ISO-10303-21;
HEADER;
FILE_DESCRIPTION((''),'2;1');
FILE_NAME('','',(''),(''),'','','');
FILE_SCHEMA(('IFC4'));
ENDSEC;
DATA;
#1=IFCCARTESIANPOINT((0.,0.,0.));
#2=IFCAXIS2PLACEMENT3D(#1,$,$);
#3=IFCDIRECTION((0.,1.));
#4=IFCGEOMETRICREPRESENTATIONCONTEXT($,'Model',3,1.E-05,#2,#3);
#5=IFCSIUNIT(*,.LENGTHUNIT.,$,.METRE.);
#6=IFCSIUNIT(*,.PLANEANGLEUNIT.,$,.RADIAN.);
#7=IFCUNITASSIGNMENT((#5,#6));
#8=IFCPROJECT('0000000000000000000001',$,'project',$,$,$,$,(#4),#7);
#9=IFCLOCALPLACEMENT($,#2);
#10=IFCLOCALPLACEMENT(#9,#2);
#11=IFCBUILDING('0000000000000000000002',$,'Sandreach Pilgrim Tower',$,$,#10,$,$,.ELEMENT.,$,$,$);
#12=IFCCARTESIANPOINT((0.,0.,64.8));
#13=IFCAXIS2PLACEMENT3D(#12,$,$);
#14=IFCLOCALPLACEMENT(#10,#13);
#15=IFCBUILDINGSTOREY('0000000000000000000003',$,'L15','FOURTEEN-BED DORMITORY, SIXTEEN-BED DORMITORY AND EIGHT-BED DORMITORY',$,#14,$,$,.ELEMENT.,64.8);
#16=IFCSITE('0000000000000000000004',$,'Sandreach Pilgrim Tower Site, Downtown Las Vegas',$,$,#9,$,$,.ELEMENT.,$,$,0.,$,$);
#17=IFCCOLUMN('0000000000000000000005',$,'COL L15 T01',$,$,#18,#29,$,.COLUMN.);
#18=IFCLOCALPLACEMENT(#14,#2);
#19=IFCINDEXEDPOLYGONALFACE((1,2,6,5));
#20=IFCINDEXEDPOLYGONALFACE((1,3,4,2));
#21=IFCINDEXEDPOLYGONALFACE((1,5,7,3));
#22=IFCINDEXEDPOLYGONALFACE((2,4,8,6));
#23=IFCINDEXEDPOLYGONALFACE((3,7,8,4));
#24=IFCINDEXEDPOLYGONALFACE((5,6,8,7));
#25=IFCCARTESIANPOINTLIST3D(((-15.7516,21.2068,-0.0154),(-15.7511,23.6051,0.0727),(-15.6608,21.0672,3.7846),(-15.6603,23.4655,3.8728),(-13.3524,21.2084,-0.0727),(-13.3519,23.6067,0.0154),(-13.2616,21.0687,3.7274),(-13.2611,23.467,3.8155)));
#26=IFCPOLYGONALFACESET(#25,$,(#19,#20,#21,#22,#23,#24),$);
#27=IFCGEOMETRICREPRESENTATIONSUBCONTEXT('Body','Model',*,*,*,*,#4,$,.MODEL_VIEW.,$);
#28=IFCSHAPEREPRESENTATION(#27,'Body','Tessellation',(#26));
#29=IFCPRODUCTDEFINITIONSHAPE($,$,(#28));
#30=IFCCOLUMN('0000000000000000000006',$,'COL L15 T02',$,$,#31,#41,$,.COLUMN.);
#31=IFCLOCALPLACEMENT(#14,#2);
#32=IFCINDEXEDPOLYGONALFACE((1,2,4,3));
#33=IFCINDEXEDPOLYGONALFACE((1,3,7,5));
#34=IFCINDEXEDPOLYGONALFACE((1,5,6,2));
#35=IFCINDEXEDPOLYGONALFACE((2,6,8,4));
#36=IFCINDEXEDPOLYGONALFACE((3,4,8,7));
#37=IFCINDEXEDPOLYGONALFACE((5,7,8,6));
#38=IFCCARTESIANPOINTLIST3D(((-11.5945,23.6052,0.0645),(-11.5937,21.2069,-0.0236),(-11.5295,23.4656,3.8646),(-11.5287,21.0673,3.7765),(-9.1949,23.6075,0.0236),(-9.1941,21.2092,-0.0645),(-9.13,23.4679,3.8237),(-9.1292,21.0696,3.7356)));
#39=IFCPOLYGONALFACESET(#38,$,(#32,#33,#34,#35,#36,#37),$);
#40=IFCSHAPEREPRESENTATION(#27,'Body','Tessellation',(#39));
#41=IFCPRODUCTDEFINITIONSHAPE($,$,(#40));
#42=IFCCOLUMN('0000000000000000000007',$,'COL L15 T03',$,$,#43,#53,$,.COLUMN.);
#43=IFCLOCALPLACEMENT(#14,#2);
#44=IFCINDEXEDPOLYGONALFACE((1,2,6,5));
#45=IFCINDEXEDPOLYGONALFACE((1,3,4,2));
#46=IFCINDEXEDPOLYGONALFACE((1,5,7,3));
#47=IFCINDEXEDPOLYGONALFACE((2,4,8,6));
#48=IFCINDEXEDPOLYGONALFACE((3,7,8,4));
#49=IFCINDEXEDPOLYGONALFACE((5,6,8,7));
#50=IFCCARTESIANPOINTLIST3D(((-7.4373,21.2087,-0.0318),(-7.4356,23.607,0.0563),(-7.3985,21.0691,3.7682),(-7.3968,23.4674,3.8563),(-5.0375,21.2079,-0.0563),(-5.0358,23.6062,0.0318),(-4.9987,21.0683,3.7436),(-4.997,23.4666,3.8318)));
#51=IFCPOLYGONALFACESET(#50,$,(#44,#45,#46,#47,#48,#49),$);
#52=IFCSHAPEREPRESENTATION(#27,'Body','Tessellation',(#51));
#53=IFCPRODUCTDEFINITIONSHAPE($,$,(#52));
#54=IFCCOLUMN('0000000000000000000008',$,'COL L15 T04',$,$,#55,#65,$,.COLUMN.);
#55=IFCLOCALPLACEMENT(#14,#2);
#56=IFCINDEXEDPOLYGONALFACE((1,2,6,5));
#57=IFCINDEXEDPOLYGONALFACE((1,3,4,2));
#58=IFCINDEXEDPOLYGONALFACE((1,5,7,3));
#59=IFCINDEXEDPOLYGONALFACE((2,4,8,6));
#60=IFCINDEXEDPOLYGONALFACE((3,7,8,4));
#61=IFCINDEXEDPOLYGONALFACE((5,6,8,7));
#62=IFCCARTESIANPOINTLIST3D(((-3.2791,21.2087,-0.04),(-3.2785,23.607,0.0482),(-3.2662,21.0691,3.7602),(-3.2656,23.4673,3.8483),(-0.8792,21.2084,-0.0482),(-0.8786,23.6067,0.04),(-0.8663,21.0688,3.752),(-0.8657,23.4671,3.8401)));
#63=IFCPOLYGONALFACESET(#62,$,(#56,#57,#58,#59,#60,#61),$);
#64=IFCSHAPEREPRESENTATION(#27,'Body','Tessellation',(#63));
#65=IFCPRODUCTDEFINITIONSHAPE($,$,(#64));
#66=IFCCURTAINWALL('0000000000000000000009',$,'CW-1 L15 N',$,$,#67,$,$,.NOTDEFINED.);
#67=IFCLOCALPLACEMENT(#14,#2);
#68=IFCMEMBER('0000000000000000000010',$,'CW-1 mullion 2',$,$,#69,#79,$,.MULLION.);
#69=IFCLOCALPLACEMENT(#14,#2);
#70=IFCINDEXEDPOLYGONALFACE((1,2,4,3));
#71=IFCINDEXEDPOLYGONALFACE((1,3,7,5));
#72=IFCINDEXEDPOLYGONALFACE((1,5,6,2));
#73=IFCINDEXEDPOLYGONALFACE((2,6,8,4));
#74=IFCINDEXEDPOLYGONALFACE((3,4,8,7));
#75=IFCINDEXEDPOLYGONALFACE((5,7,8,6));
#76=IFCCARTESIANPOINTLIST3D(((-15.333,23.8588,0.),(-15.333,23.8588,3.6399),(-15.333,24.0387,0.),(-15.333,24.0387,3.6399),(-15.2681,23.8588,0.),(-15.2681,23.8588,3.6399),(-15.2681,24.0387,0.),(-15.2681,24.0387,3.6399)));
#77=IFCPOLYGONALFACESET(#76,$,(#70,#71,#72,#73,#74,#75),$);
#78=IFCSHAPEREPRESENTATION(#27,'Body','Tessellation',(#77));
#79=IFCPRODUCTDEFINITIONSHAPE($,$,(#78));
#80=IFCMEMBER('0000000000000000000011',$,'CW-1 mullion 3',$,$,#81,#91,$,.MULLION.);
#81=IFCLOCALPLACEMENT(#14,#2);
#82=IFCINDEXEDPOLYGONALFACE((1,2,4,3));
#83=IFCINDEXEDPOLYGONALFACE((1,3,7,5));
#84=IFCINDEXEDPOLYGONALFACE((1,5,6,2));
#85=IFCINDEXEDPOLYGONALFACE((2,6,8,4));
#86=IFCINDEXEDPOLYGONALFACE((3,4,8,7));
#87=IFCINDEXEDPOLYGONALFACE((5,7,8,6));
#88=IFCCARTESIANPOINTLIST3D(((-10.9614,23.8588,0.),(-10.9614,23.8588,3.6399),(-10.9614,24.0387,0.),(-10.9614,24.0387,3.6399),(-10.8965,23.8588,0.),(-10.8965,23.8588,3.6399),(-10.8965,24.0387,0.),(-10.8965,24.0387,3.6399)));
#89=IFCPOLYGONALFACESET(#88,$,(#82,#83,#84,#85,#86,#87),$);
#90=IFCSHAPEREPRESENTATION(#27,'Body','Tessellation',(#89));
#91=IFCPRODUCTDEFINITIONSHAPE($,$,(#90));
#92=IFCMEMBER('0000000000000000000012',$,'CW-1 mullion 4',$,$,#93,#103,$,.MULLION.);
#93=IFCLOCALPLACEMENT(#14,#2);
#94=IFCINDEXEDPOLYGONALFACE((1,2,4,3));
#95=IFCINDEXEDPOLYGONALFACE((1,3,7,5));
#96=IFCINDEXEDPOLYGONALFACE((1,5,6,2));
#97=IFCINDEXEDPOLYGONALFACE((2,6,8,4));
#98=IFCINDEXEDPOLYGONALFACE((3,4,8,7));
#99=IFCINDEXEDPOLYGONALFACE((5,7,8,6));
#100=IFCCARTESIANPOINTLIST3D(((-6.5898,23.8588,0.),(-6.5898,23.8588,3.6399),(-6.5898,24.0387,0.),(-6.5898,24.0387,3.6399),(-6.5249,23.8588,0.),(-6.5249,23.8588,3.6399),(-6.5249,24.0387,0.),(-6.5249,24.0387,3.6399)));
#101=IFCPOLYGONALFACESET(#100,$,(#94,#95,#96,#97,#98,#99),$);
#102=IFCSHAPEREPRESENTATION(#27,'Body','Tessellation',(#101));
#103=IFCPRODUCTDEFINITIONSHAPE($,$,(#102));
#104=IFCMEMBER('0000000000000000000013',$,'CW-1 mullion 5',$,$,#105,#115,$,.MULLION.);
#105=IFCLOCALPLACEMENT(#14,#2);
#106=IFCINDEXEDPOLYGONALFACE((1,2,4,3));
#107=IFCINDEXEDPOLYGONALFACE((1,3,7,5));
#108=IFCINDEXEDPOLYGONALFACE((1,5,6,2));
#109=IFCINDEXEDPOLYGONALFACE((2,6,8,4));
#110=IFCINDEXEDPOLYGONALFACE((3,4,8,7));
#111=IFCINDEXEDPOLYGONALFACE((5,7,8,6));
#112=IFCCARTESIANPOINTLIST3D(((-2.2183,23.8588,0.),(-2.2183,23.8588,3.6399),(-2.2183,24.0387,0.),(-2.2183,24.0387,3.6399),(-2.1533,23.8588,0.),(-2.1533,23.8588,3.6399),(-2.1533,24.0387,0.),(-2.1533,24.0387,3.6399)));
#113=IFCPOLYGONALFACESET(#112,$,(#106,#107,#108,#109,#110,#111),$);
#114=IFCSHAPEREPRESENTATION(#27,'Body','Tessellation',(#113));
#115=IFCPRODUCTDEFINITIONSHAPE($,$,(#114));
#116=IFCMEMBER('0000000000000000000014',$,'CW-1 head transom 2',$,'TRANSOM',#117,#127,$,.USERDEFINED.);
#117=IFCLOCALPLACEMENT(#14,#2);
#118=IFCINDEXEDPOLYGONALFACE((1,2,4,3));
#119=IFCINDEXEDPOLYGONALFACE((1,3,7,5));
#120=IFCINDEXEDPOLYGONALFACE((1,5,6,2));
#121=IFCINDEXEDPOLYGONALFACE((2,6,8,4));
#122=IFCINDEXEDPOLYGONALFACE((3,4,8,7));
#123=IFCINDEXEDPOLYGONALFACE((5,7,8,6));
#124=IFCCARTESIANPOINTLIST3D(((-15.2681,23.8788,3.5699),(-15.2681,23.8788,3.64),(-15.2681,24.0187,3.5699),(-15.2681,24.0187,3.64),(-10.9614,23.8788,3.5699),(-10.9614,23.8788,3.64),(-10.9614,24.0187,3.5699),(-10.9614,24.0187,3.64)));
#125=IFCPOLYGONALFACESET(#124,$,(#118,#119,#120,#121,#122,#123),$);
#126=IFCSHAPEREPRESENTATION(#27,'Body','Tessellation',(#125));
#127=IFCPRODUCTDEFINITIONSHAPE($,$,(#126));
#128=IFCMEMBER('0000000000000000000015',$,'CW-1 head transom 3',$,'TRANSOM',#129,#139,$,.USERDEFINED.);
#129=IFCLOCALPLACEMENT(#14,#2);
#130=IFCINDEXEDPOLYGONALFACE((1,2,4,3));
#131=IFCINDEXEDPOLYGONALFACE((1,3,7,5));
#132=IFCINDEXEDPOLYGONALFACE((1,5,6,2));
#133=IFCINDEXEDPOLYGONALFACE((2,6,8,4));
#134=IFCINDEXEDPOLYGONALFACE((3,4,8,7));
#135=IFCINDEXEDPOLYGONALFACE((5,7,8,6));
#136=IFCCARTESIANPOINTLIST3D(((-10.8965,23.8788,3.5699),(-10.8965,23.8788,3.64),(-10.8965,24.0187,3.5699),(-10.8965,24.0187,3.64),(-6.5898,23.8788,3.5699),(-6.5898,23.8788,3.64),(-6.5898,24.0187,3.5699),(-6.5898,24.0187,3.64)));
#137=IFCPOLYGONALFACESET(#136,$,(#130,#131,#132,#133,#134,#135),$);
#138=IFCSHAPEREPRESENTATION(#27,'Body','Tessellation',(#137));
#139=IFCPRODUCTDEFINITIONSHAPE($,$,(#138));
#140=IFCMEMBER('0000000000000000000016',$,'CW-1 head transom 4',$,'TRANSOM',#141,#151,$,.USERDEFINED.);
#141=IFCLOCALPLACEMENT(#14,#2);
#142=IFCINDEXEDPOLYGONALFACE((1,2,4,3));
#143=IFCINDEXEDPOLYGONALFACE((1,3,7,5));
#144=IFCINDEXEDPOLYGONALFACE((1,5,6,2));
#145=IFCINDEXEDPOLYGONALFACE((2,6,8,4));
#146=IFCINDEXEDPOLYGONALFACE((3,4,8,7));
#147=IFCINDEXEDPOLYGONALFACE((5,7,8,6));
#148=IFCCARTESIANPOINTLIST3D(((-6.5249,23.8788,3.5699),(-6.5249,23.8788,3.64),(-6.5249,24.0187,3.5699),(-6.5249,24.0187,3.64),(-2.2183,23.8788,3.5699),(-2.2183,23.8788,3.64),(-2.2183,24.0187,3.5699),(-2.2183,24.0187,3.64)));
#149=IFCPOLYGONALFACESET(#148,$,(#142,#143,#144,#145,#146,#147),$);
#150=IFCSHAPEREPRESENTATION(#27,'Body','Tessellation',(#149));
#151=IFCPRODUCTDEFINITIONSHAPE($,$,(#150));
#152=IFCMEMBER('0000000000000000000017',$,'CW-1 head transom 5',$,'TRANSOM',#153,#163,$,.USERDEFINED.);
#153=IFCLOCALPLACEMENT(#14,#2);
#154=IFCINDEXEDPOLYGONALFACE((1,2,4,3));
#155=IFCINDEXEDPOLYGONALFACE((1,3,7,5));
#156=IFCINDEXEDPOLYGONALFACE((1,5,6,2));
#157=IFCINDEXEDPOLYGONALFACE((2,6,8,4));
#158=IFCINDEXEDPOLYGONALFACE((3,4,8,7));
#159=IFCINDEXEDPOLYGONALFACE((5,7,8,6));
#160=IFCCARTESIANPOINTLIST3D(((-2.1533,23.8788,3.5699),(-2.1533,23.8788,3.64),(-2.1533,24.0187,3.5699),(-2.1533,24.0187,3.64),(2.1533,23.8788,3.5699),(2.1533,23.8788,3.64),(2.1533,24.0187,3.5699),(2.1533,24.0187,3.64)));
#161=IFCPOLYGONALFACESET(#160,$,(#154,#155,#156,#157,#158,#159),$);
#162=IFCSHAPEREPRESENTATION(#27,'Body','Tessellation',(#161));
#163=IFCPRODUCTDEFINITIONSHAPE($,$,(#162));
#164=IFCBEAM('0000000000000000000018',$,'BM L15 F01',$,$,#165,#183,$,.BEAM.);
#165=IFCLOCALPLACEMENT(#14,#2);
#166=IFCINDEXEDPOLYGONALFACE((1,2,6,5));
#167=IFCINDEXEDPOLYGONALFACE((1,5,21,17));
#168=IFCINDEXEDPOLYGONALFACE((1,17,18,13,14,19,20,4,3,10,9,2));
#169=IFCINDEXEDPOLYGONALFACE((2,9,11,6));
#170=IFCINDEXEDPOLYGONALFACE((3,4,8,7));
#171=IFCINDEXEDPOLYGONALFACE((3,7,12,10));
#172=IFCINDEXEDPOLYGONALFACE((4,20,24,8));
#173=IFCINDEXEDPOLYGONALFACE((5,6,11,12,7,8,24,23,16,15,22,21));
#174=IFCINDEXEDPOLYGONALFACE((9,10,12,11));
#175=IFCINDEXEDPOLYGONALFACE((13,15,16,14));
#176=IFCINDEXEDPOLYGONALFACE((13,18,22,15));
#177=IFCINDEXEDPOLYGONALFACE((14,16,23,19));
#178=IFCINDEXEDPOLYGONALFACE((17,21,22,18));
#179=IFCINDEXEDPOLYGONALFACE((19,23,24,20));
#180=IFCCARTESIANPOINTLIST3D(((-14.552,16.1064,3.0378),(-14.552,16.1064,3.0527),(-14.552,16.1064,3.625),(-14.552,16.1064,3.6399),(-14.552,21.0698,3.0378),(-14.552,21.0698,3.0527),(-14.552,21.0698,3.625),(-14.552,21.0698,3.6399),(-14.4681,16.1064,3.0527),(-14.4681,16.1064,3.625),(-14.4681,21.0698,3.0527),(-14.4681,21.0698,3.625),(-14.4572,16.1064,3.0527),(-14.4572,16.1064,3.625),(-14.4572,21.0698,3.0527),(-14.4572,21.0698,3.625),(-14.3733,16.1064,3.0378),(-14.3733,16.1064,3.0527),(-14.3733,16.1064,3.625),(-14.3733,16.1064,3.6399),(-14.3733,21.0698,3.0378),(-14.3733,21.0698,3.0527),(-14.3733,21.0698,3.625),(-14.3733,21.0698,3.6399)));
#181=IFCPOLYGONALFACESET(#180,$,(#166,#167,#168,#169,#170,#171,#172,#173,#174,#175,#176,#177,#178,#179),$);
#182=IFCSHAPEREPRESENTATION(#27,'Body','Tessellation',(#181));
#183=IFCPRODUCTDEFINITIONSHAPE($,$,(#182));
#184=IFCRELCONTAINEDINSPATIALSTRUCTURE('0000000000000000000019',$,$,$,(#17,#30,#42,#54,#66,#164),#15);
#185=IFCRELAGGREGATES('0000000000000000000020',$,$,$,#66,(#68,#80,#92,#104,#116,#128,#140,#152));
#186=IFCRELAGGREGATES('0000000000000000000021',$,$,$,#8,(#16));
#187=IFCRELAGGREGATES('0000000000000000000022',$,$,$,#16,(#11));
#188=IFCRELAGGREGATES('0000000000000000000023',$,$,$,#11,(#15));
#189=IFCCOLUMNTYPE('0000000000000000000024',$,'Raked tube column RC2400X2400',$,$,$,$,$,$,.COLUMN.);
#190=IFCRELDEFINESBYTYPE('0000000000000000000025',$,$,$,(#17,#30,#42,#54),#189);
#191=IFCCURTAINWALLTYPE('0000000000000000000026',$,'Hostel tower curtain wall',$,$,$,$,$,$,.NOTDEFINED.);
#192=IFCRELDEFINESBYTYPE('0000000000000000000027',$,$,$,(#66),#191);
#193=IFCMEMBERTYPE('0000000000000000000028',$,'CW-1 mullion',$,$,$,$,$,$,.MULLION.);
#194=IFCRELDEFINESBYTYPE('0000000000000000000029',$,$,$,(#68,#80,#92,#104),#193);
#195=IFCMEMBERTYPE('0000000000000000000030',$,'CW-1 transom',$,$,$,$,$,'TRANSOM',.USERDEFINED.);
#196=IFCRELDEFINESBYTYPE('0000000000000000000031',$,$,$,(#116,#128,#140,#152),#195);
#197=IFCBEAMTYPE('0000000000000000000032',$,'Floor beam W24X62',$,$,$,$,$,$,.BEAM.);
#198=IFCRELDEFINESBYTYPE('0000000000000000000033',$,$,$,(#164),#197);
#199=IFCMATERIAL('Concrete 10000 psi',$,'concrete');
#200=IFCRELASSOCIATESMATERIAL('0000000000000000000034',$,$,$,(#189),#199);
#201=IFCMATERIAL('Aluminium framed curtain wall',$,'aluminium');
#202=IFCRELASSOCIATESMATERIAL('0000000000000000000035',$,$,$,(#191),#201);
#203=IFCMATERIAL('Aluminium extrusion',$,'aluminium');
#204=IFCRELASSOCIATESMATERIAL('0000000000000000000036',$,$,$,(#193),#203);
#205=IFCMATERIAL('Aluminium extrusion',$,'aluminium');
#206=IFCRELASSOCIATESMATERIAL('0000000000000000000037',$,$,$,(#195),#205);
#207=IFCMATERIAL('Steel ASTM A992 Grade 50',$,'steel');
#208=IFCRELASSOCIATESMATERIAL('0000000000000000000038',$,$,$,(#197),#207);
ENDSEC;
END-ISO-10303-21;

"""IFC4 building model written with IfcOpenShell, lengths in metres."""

from ifc_helpers import new_model, si_unit, direction, frame, origin, origin_2d, place, context, subcontext, project, spatial, rectangle, i_section, extrude, material, material_profile, profile_set, type_object, element, aggregate, save


model = new_model("IFC4")

# Units and contexts
model_context = context("Model", 3, precision=1e-05, world=origin(), true_north=direction((0.0, 1.0)))
body_context = subcontext(model_context, "Body", "Model", "MODEL_VIEW")
ifc_project = project(units=[si_unit("LENGTHUNIT", "METRE"), si_unit("PLANEANGLEUNIT", "RADIAN")], contexts=[model_context])

# Site, building, storey
site_placement = place(None, origin())
site = spatial("IfcSite", under=ifc_project, at=site_placement, Name="Sandreach Pilgrim Tower Site, Downtown Las Vegas", CompositionType="ELEMENT", RefElevation=0.0)
building_placement = place(site_placement, origin())
building = spatial("IfcBuilding", under=site, at=building_placement, Name="Sandreach Pilgrim Tower", CompositionType="ELEMENT")
storey_placement = place(building_placement, frame((0.0, 0.0, 64.8)))
storey = spatial("IfcBuildingStorey", under=building, at=storey_placement, Name="L15", Description="FOURTEEN-BED DORMITORY, SIXTEEN-BED DORMITORY AND EIGHT-BED DORMITORY", CompositionType="ELEMENT", Elevation=64.8)

# Columns
ifc_material_1 = material(Name="Concrete 10000 psi", Category="concrete")
ifc_material_profile_1 = material_profile(ifc_material_1, rectangle(XDim=2.3999, YDim=2.3999, at=origin_2d()), Name="RC2400X2400")
ifc_profile_set_1 = profile_set([ifc_material_profile_1], Name="Concrete 10000 psi")
column_type = type_object("IfcColumnType", Name="Raked tube column RC2400X2400", PredefinedType="COLUMN", material=ifc_profile_set_1)
column_1_placement = place(storey_placement, frame((-14.5518, 22.4067, 0.0), z_axis=(0.023877, -0.036714, 0.999041), x_axis=(0.00023, 0.999326, 0.036719)))
element("IfcColumn", 1, at=column_1_placement, inside=storey, type_object=column_type, Name="COL L15 T01", PredefinedType="COLUMN", context=body_context, shape_type="SweptSolid", body=[
    extrude(rectangle(XDim=2.3999, YDim=2.3999, at=origin_2d()), origin(), (0.0, 0.0, 1.0), 3.8037),
])
column_2_placement = place(storey_placement, frame((-10.3943, 22.4072, 0.0), z_axis=(0.017076, -0.036719, 0.99918), x_axis=(-0.000325, 0.999325, 0.03673)))
element("IfcColumn", 2, at=column_2_placement, inside=storey, type_object=column_type, Name="COL L15 T02", PredefinedType="COLUMN", context=body_context, shape_type="SweptSolid", body=[
    extrude(rectangle(XDim=2.3999, YDim=2.3999, at=origin_2d()), origin(), (0.0, 0.0, 1.0), 3.8032),
])
for number, where, z_axis, x_axis, name in (
    (3, (-6.2366, 22.4075, 0.0), (0.010208, -0.036722, 0.999273), (0.000705, 0.999325, 0.036717), "COL L15 T03"),
    (4, (-2.0789, 22.4077, 0.0), (0.003403, -0.036724, 0.99932), (0.000242, 0.999325, 0.036724), "COL L15 T04"),
):
    element("IfcColumn", number, at=place(storey_placement, frame(where, z_axis=z_axis, x_axis=x_axis)), inside=storey, type_object=column_type, Name=name, PredefinedType="COLUMN", context=body_context, shape_type="SweptSolid", body=[
        extrude(rectangle(XDim=2.3999, YDim=2.3999, at=origin_2d()), origin(), (0.0, 0.0, 1.0), 3.8027),
    ])

# Curtain wall, members
ifc_material_2 = material(Name="Aluminium framed curtain wall", Category="aluminium")
curtain_wall_type = type_object("IfcCurtainWallType", Name="Hostel tower curtain wall", PredefinedType="NOTDEFINED", material=ifc_material_2)
curtain_wall_placement = place(storey_placement, origin())
curtain_wall = element("IfcCurtainWall", 5, at=curtain_wall_placement, inside=storey, type_object=curtain_wall_type, Name="CW-1 L15 N", PredefinedType="NOTDEFINED")
ifc_material_3 = material(Name="Aluminium extrusion", Category="aluminium")
ifc_material_profile_2 = material_profile(ifc_material_3, rectangle(XDim=0.0649, YDim=0.1799, at=origin_2d()), Name="CW-1M 65X180")
ifc_profile_set_2 = profile_set([ifc_material_profile_2], Name="Aluminium extrusion")
member_type_1 = type_object("IfcMemberType", Name="CW-1 mullion", PredefinedType="MULLION", material=ifc_profile_set_2)
member_1_placement = place(storey_placement, frame((-15.3005, 23.9487, 0.0), z_axis=(0.0, 0.0, 1.0), x_axis=(1.0, 0.0, 0.0)))
member_1 = element("IfcMember", 6, at=member_1_placement, type_object=member_type_1, Name="CW-1 mullion 2", PredefinedType="MULLION", context=body_context, shape_type="SweptSolid", body=[
    extrude(rectangle(XDim=0.0649, YDim=0.1799, at=origin_2d()), origin(), (0.0, 0.0, 1.0), 3.6399),
])
member_2_placement = place(storey_placement, frame((-10.929, 23.9487, 0.0), z_axis=(0.0, 0.0, 1.0), x_axis=(1.0, 0.0, 0.0)))
member_2 = element("IfcMember", 7, at=member_2_placement, type_object=member_type_1, Name="CW-1 mullion 3", PredefinedType="MULLION", context=body_context, shape_type="SweptSolid", body=[
    extrude(rectangle(XDim=0.0649, YDim=0.1799, at=origin_2d()), origin(), (0.0, 0.0, 1.0), 3.6399),
])
member_3_placement = place(storey_placement, frame((-6.5574, 23.9487, 0.0), z_axis=(0.0, 0.0, 1.0), x_axis=(1.0, 0.0, 0.0)))
member_3 = element("IfcMember", 8, at=member_3_placement, type_object=member_type_1, Name="CW-1 mullion 4", PredefinedType="MULLION", context=body_context, shape_type="SweptSolid", body=[
    extrude(rectangle(XDim=0.0649, YDim=0.1799, at=origin_2d()), origin(), (0.0, 0.0, 1.0), 3.6399),
])
member_4_placement = place(storey_placement, frame((-2.1858, 23.9487, 0.0), z_axis=(0.0, 0.0, 1.0), x_axis=(1.0, 0.0, 0.0)))
member_4 = element("IfcMember", 9, at=member_4_placement, type_object=member_type_1, Name="CW-1 mullion 5", PredefinedType="MULLION", context=body_context, shape_type="SweptSolid", body=[
    extrude(rectangle(XDim=0.0649, YDim=0.1799, at=origin_2d()), origin(), (0.0, 0.0, 1.0), 3.6399),
])
ifc_material_4 = material(Name="Aluminium extrusion", Category="aluminium")
ifc_material_profile_3 = material_profile(ifc_material_4, rectangle(XDim=0.1399, YDim=0.0701, at=origin_2d()), Name="CW-1T 140X70")
ifc_profile_set_3 = profile_set([ifc_material_profile_3], Name="Aluminium extrusion")
member_type_2 = type_object("IfcMemberType", Name="CW-1 transom", ElementType="TRANSOM", PredefinedType="USERDEFINED", material=ifc_profile_set_3)
member_5_placement = place(storey_placement, frame((-15.2681, 23.9487, 3.605), z_axis=(1.0, 0.0, 0.0), x_axis=(0.0, 1.0, 0.0)))
member_5 = element("IfcMember", 10, at=member_5_placement, type_object=member_type_2, Name="CW-1 head transom 2", ObjectType="TRANSOM", PredefinedType="USERDEFINED", context=body_context, shape_type="SweptSolid", body=[
    extrude(rectangle(XDim=0.1399, YDim=0.0701, at=origin_2d()), origin(), (0.0, 0.0, 1.0), 4.3066),
])
member_6_placement = place(storey_placement, frame((-10.8965, 23.9487, 3.605), z_axis=(1.0, 0.0, 0.0), x_axis=(0.0, 1.0, 0.0)))
member_6 = element("IfcMember", 11, at=member_6_placement, type_object=member_type_2, Name="CW-1 head transom 3", ObjectType="TRANSOM", PredefinedType="USERDEFINED", context=body_context, shape_type="SweptSolid", body=[
    extrude(rectangle(XDim=0.1399, YDim=0.0701, at=origin_2d()), origin(), (0.0, 0.0, 1.0), 4.3066),
])
member_7_placement = place(storey_placement, frame((-6.5249, 23.9487, 3.605), z_axis=(1.0, 0.0, 0.0), x_axis=(0.0, 1.0, 0.0)))
member_7 = element("IfcMember", 12, at=member_7_placement, type_object=member_type_2, Name="CW-1 head transom 4", ObjectType="TRANSOM", PredefinedType="USERDEFINED", context=body_context, shape_type="SweptSolid", body=[
    extrude(rectangle(XDim=0.1399, YDim=0.0701, at=origin_2d()), origin(), (0.0, 0.0, 1.0), 4.3066),
])
member_8_placement = place(storey_placement, frame((-2.1533, 23.9487, 3.605), z_axis=(1.0, 0.0, 0.0), x_axis=(0.0, 1.0, 0.0)))
member_8 = element("IfcMember", 13, at=member_8_placement, type_object=member_type_2, Name="CW-1 head transom 5", ObjectType="TRANSOM", PredefinedType="USERDEFINED", context=body_context, shape_type="SweptSolid", body=[
    extrude(rectangle(XDim=0.1399, YDim=0.0701, at=origin_2d()), origin(), (0.0, 0.0, 1.0), 4.3066),
])

# Beam
ifc_material_5 = material(Name="Steel ASTM A992 Grade 50", Category="steel")
ifc_material_profile_4 = material_profile(ifc_material_5, i_section(OverallWidth=0.1787, OverallDepth=0.6021, WebThickness=0.011, FlangeThickness=0.0149, at=origin_2d()), Name="W24X62")
ifc_profile_set_4 = profile_set([ifc_material_profile_4], Name="Steel ASTM A992 Grade 50")
beam_type_1 = type_object("IfcBeamType", Name="Floor beam W24X62", PredefinedType="BEAM", material=ifc_profile_set_4)
beam_1_placement = place(storey_placement, frame((-14.4626, 21.0698, 3.3389), z_axis=(0.0, -1.0, 0.0), x_axis=(1.0, 0.0, 0.0)))
element("IfcBeam", 14, at=beam_1_placement, inside=storey, type_object=beam_type_1, Name="BM L15 F01", PredefinedType="BEAM", context=body_context, shape_type="SweptSolid", body=[
    extrude(i_section(OverallWidth=0.1787, OverallDepth=0.6021, WebThickness=0.011, FlangeThickness=0.0149, at=origin_2d()), origin(), (0.0, 0.0, 1.0), 4.9634),
])

aggregate(curtain_wall, [member_1, member_2, member_3, member_4, member_5, member_6, member_7, member_8])

save(model, "model.ifc")
